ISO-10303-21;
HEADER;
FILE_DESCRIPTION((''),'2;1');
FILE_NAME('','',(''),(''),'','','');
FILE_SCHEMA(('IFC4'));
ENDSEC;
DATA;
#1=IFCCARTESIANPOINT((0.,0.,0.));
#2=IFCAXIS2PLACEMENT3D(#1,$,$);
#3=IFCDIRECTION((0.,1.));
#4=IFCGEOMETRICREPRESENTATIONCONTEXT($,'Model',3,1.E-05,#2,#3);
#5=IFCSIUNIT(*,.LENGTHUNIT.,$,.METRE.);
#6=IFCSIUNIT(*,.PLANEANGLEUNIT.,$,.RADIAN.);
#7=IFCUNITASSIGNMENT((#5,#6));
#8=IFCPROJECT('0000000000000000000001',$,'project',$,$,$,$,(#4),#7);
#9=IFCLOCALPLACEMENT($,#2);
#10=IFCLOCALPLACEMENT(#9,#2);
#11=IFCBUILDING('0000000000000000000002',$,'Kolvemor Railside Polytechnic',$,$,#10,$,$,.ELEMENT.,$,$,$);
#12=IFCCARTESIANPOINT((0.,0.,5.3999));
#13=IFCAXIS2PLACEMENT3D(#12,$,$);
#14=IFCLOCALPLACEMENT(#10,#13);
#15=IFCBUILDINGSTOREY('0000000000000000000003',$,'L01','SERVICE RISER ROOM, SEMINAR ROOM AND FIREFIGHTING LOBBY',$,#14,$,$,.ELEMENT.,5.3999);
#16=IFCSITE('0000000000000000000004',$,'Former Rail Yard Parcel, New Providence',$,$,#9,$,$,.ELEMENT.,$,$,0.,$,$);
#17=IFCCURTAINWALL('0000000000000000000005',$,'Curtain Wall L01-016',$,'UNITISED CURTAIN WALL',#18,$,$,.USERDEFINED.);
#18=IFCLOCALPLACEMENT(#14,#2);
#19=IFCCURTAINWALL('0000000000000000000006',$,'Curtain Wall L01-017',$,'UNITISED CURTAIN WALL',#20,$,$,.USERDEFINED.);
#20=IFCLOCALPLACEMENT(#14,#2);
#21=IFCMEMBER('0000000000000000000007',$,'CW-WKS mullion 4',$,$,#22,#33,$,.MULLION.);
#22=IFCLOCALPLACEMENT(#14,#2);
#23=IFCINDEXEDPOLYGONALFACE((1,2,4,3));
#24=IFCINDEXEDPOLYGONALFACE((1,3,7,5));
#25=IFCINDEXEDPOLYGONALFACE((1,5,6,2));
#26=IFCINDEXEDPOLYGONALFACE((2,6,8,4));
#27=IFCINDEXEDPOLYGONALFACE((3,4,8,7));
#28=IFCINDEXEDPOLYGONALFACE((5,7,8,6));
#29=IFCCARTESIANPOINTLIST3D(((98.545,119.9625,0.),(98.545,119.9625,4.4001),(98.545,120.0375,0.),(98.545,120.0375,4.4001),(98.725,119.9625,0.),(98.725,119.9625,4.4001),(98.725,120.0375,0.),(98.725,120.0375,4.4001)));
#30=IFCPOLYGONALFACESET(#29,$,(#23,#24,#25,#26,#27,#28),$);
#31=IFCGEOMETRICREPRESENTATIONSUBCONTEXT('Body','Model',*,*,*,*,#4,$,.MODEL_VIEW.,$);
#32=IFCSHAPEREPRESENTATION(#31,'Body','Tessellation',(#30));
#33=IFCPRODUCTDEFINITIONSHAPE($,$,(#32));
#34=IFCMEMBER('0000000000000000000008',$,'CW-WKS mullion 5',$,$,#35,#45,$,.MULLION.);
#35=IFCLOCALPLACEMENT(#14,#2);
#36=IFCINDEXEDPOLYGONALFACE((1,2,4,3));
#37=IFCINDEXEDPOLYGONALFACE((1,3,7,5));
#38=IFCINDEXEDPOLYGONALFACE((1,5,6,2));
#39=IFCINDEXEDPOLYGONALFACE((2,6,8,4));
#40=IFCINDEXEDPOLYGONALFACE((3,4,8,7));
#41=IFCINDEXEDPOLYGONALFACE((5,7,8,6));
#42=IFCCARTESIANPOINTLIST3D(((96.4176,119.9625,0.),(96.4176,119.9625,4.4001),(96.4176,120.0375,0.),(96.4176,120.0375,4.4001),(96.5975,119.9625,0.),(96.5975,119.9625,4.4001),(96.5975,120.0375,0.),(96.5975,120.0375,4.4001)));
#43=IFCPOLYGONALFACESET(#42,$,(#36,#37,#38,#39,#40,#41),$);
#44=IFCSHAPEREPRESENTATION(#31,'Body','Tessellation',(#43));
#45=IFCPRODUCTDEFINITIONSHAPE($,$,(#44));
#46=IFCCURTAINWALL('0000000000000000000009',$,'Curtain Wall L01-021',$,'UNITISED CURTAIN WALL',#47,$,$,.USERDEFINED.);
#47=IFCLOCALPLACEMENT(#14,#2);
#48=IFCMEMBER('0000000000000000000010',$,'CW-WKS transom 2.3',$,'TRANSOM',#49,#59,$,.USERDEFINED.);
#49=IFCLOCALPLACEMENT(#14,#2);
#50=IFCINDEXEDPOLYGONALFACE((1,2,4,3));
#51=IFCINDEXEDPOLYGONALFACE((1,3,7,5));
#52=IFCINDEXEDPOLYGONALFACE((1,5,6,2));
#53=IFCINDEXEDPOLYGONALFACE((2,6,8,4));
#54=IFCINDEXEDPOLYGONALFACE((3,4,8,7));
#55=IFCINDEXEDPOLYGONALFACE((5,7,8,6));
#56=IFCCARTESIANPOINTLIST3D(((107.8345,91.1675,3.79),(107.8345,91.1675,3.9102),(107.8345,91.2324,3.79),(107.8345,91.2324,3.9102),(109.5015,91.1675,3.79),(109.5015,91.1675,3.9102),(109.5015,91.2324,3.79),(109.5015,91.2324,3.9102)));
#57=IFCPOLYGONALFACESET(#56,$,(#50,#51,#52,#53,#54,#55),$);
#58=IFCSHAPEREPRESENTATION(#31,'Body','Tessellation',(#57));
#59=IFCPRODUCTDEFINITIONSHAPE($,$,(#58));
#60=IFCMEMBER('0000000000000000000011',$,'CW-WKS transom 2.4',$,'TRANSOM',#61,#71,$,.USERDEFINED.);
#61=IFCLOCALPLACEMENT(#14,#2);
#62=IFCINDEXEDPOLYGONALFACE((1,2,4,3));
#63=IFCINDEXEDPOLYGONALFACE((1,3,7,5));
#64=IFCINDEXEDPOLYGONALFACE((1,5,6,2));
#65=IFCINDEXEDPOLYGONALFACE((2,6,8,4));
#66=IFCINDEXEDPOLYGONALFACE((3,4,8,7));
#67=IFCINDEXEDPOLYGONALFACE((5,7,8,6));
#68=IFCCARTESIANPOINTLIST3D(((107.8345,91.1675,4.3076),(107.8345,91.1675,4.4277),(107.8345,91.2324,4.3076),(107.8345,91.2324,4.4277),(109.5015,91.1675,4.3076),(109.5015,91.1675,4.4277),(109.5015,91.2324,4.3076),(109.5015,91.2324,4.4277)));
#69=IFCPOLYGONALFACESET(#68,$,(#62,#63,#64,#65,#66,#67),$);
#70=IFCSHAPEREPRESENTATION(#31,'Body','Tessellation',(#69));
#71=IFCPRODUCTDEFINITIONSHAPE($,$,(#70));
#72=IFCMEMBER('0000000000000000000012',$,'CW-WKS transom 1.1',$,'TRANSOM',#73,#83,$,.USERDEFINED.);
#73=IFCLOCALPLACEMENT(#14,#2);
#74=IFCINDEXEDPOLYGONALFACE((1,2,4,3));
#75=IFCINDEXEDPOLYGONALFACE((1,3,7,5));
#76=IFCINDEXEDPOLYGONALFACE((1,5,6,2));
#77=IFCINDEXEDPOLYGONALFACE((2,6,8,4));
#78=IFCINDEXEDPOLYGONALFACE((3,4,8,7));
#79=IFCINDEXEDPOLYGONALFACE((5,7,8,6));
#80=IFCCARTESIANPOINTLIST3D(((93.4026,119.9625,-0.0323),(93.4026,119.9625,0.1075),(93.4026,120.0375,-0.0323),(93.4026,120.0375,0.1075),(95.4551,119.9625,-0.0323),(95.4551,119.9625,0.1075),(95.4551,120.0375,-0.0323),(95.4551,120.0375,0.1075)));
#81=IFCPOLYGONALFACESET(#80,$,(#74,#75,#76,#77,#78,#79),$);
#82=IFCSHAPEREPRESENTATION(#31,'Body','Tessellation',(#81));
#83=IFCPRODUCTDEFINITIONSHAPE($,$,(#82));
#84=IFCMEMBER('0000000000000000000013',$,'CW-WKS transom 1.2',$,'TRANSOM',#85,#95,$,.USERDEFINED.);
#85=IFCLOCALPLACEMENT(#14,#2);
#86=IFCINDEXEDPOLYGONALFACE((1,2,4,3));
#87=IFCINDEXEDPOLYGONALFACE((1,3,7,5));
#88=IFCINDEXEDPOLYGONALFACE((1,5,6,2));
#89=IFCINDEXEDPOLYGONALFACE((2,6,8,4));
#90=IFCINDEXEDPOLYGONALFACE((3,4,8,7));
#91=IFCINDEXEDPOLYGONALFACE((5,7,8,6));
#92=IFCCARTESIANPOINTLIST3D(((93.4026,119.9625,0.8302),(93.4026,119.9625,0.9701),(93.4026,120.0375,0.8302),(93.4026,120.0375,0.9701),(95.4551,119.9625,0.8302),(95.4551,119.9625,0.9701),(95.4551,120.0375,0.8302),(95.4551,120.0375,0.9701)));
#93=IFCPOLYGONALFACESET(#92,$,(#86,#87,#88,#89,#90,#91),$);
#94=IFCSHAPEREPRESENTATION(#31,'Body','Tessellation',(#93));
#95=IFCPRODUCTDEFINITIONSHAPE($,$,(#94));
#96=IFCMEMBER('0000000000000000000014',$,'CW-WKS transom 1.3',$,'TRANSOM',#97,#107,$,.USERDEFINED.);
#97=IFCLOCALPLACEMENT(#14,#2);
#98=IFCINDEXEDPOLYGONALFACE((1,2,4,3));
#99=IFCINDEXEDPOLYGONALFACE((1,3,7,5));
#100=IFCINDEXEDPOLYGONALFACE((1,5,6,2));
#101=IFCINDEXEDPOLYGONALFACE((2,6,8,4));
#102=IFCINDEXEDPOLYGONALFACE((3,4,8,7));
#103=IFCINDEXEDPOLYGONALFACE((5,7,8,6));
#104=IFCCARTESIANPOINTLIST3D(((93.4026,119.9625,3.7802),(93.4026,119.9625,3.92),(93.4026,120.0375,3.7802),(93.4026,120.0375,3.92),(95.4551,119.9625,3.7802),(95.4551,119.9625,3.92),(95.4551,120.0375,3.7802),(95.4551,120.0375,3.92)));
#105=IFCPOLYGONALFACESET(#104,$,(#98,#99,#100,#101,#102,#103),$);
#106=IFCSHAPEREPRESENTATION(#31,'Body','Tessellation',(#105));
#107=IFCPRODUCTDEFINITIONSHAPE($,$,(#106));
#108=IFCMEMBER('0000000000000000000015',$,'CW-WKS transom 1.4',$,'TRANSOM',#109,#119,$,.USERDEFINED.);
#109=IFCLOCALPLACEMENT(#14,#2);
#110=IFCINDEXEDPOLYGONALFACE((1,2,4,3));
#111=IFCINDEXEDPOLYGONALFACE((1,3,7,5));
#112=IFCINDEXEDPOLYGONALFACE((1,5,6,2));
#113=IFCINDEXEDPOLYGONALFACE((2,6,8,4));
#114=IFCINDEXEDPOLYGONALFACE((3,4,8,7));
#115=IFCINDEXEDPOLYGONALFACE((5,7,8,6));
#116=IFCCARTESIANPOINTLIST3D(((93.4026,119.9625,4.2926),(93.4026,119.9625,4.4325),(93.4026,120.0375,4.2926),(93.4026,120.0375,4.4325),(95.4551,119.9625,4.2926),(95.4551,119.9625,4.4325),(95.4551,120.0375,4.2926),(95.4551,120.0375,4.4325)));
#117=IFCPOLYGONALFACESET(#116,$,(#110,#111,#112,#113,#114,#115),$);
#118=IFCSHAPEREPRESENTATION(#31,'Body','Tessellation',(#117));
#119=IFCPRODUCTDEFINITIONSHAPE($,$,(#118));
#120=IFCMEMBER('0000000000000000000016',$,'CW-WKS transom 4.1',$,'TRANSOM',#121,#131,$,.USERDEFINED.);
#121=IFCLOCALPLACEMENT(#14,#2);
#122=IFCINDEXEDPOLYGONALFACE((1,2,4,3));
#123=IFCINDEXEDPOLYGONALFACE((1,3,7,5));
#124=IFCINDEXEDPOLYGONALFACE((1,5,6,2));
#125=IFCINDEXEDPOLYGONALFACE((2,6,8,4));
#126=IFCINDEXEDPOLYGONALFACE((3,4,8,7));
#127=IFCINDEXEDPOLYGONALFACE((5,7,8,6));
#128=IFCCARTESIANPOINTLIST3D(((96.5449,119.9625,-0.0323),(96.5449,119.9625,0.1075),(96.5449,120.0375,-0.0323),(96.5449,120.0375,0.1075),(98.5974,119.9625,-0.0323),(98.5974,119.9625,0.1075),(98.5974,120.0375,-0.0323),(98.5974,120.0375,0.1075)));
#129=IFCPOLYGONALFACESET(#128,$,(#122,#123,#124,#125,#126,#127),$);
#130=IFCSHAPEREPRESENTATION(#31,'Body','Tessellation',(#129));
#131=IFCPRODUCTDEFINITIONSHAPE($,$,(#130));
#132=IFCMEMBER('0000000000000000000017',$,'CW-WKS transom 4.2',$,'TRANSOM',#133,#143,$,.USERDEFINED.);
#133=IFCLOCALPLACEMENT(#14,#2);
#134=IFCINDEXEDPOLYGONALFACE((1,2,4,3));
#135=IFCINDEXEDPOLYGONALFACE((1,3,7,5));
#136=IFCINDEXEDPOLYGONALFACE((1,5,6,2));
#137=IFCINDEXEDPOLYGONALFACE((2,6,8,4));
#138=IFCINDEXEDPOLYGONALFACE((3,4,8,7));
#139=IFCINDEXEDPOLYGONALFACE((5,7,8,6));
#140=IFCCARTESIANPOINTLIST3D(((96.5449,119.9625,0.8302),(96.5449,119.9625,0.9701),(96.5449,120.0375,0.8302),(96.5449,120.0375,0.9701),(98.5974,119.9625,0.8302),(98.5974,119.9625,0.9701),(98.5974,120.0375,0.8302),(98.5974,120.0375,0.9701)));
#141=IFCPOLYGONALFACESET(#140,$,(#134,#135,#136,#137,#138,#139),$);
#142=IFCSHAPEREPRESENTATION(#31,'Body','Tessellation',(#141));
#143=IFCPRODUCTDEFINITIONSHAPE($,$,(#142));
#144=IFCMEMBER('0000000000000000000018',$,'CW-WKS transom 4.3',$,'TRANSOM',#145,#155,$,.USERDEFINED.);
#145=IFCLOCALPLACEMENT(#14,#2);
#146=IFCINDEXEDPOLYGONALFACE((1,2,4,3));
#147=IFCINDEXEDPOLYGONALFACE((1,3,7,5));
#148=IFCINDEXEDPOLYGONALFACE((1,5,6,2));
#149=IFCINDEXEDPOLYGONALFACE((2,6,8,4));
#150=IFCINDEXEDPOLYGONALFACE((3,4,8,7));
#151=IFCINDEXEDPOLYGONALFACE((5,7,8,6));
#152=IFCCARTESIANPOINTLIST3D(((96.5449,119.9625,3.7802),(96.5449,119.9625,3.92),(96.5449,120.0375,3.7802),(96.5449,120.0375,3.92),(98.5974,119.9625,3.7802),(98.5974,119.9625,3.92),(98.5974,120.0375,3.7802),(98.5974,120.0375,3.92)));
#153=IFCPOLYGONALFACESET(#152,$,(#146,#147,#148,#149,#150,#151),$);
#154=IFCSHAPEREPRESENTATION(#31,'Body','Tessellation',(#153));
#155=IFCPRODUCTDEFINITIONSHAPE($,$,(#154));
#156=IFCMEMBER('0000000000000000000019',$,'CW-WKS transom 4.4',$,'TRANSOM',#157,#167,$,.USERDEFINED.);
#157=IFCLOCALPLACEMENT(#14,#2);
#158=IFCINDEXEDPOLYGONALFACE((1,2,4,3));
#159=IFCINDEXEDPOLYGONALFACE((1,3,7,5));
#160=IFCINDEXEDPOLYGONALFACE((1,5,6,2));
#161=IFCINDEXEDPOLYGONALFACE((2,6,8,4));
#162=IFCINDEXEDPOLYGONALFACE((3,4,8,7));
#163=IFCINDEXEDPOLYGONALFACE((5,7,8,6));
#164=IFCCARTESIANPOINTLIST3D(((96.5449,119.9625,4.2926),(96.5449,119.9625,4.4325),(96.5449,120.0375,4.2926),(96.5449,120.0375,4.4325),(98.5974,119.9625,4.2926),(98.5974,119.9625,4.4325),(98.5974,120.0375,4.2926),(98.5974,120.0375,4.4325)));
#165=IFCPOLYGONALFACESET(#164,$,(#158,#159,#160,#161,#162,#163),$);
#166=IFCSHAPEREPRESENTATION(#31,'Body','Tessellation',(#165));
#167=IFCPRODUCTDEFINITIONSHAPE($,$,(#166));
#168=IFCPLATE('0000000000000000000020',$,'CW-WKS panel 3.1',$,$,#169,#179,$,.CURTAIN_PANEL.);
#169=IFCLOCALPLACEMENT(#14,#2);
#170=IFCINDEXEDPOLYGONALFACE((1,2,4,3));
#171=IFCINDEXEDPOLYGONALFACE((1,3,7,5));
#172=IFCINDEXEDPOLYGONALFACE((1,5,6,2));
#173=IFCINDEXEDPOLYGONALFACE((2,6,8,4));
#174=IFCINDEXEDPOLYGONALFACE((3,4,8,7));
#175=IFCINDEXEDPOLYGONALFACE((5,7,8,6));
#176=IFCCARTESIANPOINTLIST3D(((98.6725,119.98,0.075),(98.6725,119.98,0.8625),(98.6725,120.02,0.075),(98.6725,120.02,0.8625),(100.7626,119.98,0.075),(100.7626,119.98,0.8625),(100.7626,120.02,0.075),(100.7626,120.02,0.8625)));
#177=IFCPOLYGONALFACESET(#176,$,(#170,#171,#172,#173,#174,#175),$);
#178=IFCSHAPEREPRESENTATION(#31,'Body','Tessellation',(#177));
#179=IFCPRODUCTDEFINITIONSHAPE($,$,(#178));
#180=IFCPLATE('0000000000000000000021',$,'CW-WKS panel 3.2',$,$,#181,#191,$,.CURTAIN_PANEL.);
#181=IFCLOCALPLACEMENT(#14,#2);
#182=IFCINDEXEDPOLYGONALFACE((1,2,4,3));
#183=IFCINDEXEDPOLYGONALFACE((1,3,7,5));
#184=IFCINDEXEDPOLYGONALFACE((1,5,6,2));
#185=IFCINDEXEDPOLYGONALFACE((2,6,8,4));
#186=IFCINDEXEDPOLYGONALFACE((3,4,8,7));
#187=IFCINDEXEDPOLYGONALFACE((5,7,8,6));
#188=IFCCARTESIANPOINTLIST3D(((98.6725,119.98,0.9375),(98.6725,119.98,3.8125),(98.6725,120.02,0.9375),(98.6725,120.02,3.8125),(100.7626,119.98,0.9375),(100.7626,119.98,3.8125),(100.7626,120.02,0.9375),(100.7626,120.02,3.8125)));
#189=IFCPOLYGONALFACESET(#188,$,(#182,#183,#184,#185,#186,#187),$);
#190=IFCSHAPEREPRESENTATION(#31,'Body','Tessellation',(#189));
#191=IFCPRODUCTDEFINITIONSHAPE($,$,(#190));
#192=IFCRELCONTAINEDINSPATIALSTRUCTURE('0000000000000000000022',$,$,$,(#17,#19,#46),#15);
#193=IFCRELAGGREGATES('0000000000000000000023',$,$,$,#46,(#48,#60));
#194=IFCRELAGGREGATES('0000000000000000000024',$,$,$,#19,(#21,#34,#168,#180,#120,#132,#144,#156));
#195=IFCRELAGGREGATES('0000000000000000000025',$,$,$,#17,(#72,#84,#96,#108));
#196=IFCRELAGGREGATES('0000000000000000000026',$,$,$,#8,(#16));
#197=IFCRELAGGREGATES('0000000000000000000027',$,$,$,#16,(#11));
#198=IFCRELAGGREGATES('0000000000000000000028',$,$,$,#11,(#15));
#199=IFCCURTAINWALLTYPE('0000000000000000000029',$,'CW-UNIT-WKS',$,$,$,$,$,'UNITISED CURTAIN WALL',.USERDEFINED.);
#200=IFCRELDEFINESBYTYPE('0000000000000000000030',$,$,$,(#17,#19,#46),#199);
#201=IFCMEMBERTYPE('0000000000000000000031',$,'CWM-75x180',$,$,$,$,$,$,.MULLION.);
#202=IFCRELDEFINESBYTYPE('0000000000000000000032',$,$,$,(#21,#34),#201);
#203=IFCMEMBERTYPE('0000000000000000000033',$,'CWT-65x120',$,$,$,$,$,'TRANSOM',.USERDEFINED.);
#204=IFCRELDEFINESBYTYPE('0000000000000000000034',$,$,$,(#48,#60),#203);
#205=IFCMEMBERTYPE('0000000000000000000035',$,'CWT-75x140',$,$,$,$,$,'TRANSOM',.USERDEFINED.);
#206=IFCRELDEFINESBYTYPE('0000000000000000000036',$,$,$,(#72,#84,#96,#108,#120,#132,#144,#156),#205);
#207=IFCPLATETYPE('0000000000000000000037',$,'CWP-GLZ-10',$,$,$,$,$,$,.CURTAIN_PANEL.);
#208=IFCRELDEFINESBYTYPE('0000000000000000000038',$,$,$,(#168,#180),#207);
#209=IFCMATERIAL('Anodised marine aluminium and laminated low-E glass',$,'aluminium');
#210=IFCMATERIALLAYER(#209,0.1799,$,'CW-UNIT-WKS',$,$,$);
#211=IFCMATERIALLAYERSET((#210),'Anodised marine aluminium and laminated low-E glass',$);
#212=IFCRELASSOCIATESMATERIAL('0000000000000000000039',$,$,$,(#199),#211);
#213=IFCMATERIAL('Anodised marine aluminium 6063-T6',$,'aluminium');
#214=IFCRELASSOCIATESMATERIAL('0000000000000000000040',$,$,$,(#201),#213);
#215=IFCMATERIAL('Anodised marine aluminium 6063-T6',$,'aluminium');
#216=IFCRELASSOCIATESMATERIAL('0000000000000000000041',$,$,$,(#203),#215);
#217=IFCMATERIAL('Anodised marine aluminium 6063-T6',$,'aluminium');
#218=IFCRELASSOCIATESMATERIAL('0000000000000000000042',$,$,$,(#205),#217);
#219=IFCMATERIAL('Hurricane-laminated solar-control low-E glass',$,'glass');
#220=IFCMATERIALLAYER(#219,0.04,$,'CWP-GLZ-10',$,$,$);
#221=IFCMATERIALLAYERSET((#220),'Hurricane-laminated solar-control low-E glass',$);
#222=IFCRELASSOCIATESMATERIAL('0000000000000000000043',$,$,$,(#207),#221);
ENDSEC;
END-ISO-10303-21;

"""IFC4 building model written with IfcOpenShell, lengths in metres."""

from ifc_helpers import new_model, si_unit, direction, frame, origin, origin_2d, place, context, subcontext, project, spatial, rectangle, extrude, material, layer, layer_set, material_profile, profile_set, type_object, element, aggregate, save


model = new_model("IFC4")

# Units and contexts
model_context = context("Model", 3, precision=1e-05, world=origin(), true_north=direction((0.0, 1.0)))
body_context = subcontext(model_context, "Body", "Model", "MODEL_VIEW")
ifc_project = project(units=[si_unit("LENGTHUNIT", "METRE"), si_unit("PLANEANGLEUNIT", "RADIAN")], contexts=[model_context])

# Site, building, storey
site_placement = place(None, origin())
site = spatial("IfcSite", under=ifc_project, at=site_placement, Name="Former Rail Yard Parcel, New Providence", CompositionType="ELEMENT", RefElevation=0.0)
building_placement = place(site_placement, origin())
building = spatial("IfcBuilding", under=site, at=building_placement, Name="Kolvemor Railside Polytechnic", CompositionType="ELEMENT")
storey_placement = place(building_placement, frame((0.0, 0.0, 5.3999)))
storey = spatial("IfcBuildingStorey", under=building, at=storey_placement, Name="L01", Description="SERVICE RISER ROOM, SEMINAR ROOM AND FIREFIGHTING LOBBY", CompositionType="ELEMENT", Elevation=5.3999)

# Curtain wall
ifc_material_1 = material(Name="Anodised marine aluminium and laminated low-E glass", Category="aluminium")
ifc_layer_1 = layer(ifc_material_1, 0.1799, Name="CW-UNIT-WKS")
ifc_layer_set_1 = layer_set([ifc_layer_1], Name="Anodised marine aluminium and laminated low-E glass")
curtain_wall_type = type_object("IfcCurtainWallType", Name="CW-UNIT-WKS", ElementType="UNITISED CURTAIN WALL", PredefinedType="USERDEFINED", material=ifc_layer_set_1)
curtain_wall_1_placement = place(storey_placement, origin())
curtain_wall_1 = element("IfcCurtainWall", 1, at=curtain_wall_1_placement, inside=storey, type_object=curtain_wall_type, Name="Curtain Wall L01-016", ObjectType="UNITISED CURTAIN WALL", PredefinedType="USERDEFINED")
ifc_material_2 = material(Name="Anodised marine aluminium 6063-T6", Category="aluminium")
ifc_material_profile_1 = material_profile(ifc_material_2, rectangle(XDim=0.075, YDim=0.1799, at=origin_2d()), Name="CW-MUL-75x180")
ifc_profile_set_1 = profile_set([ifc_material_profile_1], Name="Anodised marine aluminium 6063-T6")
member_type_1 = type_object("IfcMemberType", Name="CWM-75x180", PredefinedType="MULLION", material=ifc_profile_set_1)

# Curtain walls, members
curtain_wall_2_placement = place(storey_placement, origin())
curtain_wall_2 = element("IfcCurtainWall", 2, at=curtain_wall_2_placement, inside=storey, type_object=curtain_wall_type, Name="Curtain Wall L01-017", ObjectType="UNITISED CURTAIN WALL", PredefinedType="USERDEFINED")
member_1_placement = place(storey_placement, frame((98.635, 120.0, 0.0), z_axis=(0.0, 0.0, 1.0), x_axis=(0.0, -1.0, 0.0)))
member_1 = element("IfcMember", 3, at=member_1_placement, type_object=member_type_1, Name="CW-WKS mullion 4", PredefinedType="MULLION", context=body_context, shape_type="SweptSolid", body=[
    extrude(rectangle(XDim=0.075, YDim=0.1799, at=origin_2d()), origin(), (0.0, 0.0, 1.0), 4.4001),
])
member_2_placement = place(storey_placement, frame((96.5076, 120.0, 0.0), z_axis=(0.0, 0.0, 1.0), x_axis=(0.0, -1.0, 0.0)))
member_2 = element("IfcMember", 4, at=member_2_placement, type_object=member_type_1, Name="CW-WKS mullion 5", PredefinedType="MULLION", context=body_context, shape_type="SweptSolid", body=[
    extrude(rectangle(XDim=0.075, YDim=0.1799, at=origin_2d()), origin(), (0.0, 0.0, 1.0), 4.4001),
])
curtain_wall_3_placement = place(storey_placement, origin())
curtain_wall_3 = element("IfcCurtainWall", 5, at=curtain_wall_3_placement, inside=storey, type_object=curtain_wall_type, Name="Curtain Wall L01-021", ObjectType="UNITISED CURTAIN WALL", PredefinedType="USERDEFINED")
ifc_material_3 = material(Name="Anodised marine aluminium 6063-T6", Category="aluminium")
ifc_material_profile_2 = material_profile(ifc_material_3, rectangle(XDim=0.0649, YDim=0.1201, at=origin_2d()), Name="CW-TRN-65x120")
ifc_profile_set_2 = profile_set([ifc_material_profile_2], Name="Anodised marine aluminium 6063-T6")
member_type_2 = type_object("IfcMemberType", Name="CWT-65x120", ElementType="TRANSOM", PredefinedType="USERDEFINED", material=ifc_profile_set_2)
member_3_placement = place(storey_placement, frame((107.8345, 91.2, 3.8501), z_axis=(1.0, 0.0, 0.0), x_axis=(0.0, 1.0, 0.0)))
member_3 = element("IfcMember", 6, at=member_3_placement, type_object=member_type_2, Name="CW-WKS transom 2.3", ObjectType="TRANSOM", PredefinedType="USERDEFINED", context=body_context, shape_type="SweptSolid", body=[
    extrude(rectangle(XDim=0.0649, YDim=0.1201, at=origin_2d()), origin(), (0.0, 0.0, 1.0), 1.667),
])
member_4_placement = place(storey_placement, frame((107.8345, 91.2, 4.3677), z_axis=(1.0, 0.0, 0.0), x_axis=(0.0, 1.0, 0.0)))
member_4 = element("IfcMember", 7, at=member_4_placement, type_object=member_type_2, Name="CW-WKS transom 2.4", ObjectType="TRANSOM", PredefinedType="USERDEFINED", context=body_context, shape_type="SweptSolid", body=[
    extrude(rectangle(XDim=0.0649, YDim=0.1201, at=origin_2d()), origin(), (0.0, 0.0, 1.0), 1.667),
])
aggregate(curtain_wall_3, [member_3, member_4])

# Members
ifc_material_4 = material(Name="Anodised marine aluminium 6063-T6", Category="aluminium")
ifc_material_profile_3 = material_profile(ifc_material_4, rectangle(XDim=0.075, YDim=0.1399, at=origin_2d()), Name="CW-TRN-75x140")
ifc_profile_set_3 = profile_set([ifc_material_profile_3], Name="Anodised marine aluminium 6063-T6")
member_type_3 = type_object("IfcMemberType", Name="CWT-75x140", ElementType="TRANSOM", PredefinedType="USERDEFINED", material=ifc_profile_set_3)
member_5_placement = place(storey_placement, frame((95.4551, 120.0, 0.0376), z_axis=(-1.0, 0.0, 0.0), x_axis=(0.0, -1.0, 0.0)))
member_5 = element("IfcMember", 8, at=member_5_placement, type_object=member_type_3, Name="CW-WKS transom 1.1", ObjectType="TRANSOM", PredefinedType="USERDEFINED", context=body_context, shape_type="SweptSolid", body=[
    extrude(rectangle(XDim=0.075, YDim=0.1399, at=origin_2d()), origin(), (0.0, 0.0, 1.0), 2.0525),
])
member_6_placement = place(storey_placement, frame((95.4551, 120.0, 0.9001), z_axis=(-1.0, 0.0, 0.0), x_axis=(0.0, -1.0, 0.0)))
member_6 = element("IfcMember", 9, at=member_6_placement, type_object=member_type_3, Name="CW-WKS transom 1.2", ObjectType="TRANSOM", PredefinedType="USERDEFINED", context=body_context, shape_type="SweptSolid", body=[
    extrude(rectangle(XDim=0.075, YDim=0.1399, at=origin_2d()), origin(), (0.0, 0.0, 1.0), 2.0525),
])
member_7_placement = place(storey_placement, frame((95.4551, 120.0, 3.8501), z_axis=(-1.0, 0.0, 0.0), x_axis=(0.0, -1.0, 0.0)))
member_7 = element("IfcMember", 10, at=member_7_placement, type_object=member_type_3, Name="CW-WKS transom 1.3", ObjectType="TRANSOM", PredefinedType="USERDEFINED", context=body_context, shape_type="SweptSolid", body=[
    extrude(rectangle(XDim=0.075, YDim=0.1399, at=origin_2d()), origin(), (0.0, 0.0, 1.0), 2.0525),
])
member_8_placement = place(storey_placement, frame((95.4551, 120.0, 4.3625), z_axis=(-1.0, 0.0, 0.0), x_axis=(0.0, -1.0, 0.0)))
member_8 = element("IfcMember", 11, at=member_8_placement, type_object=member_type_3, Name="CW-WKS transom 1.4", ObjectType="TRANSOM", PredefinedType="USERDEFINED", context=body_context, shape_type="SweptSolid", body=[
    extrude(rectangle(XDim=0.075, YDim=0.1399, at=origin_2d()), origin(), (0.0, 0.0, 1.0), 2.0525),
])
member_9_placement = place(storey_placement, frame((98.5974, 120.0, 0.0376), z_axis=(-1.0, 0.0, 0.0), x_axis=(0.0, -1.0, 0.0)))
member_9 = element("IfcMember", 12, at=member_9_placement, type_object=member_type_3, Name="CW-WKS transom 4.1", ObjectType="TRANSOM", PredefinedType="USERDEFINED", context=body_context, shape_type="SweptSolid", body=[
    extrude(rectangle(XDim=0.075, YDim=0.1399, at=origin_2d()), origin(), (0.0, 0.0, 1.0), 2.0525),
])
member_10_placement = place(storey_placement, frame((98.5974, 120.0, 0.9001), z_axis=(-1.0, 0.0, 0.0), x_axis=(0.0, -1.0, 0.0)))
member_10 = element("IfcMember", 13, at=member_10_placement, type_object=member_type_3, Name="CW-WKS transom 4.2", ObjectType="TRANSOM", PredefinedType="USERDEFINED", context=body_context, shape_type="SweptSolid", body=[
    extrude(rectangle(XDim=0.075, YDim=0.1399, at=origin_2d()), origin(), (0.0, 0.0, 1.0), 2.0525),
])
member_11_placement = place(storey_placement, frame((98.5974, 120.0, 3.8501), z_axis=(-1.0, 0.0, 0.0), x_axis=(0.0, -1.0, 0.0)))
member_11 = element("IfcMember", 14, at=member_11_placement, type_object=member_type_3, Name="CW-WKS transom 4.3", ObjectType="TRANSOM", PredefinedType="USERDEFINED", context=body_context, shape_type="SweptSolid", body=[
    extrude(rectangle(XDim=0.075, YDim=0.1399, at=origin_2d()), origin(), (0.0, 0.0, 1.0), 2.0525),
])
member_12_placement = place(storey_placement, frame((98.5974, 120.0, 4.3625), z_axis=(-1.0, 0.0, 0.0), x_axis=(0.0, -1.0, 0.0)))
member_12 = element("IfcMember", 15, at=member_12_placement, type_object=member_type_3, Name="CW-WKS transom 4.4", ObjectType="TRANSOM", PredefinedType="USERDEFINED", context=body_context, shape_type="SweptSolid", body=[
    extrude(rectangle(XDim=0.075, YDim=0.1399, at=origin_2d()), origin(), (0.0, 0.0, 1.0), 2.0525),
])

# Plates
ifc_material_5 = material(Name="Hurricane-laminated solar-control low-E glass", Category="glass")
ifc_layer_2 = layer(ifc_material_5, 0.04, Name="CWP-GLZ-10")
ifc_layer_set_2 = layer_set([ifc_layer_2], Name="Hurricane-laminated solar-control low-E glass")
plate_type_1 = type_object("IfcPlateType", Name="CWP-GLZ-10", PredefinedType="CURTAIN_PANEL", material=ifc_layer_set_2)
plate_1_placement = place(storey_placement, frame((99.7175, 120.0, 0.075), z_axis=(0.0, 0.0, 1.0), x_axis=(-1.0, 0.0, 0.0)))
plate_1 = element("IfcPlate", 16, at=plate_1_placement, type_object=plate_type_1, Name="CW-WKS panel 3.1", PredefinedType="CURTAIN_PANEL", context=body_context, shape_type="SweptSolid", body=[
    extrude(rectangle(XDim=2.0901, YDim=0.04, at=origin_2d()), origin(), (0.0, 0.0, 1.0), 0.7876),
])
plate_2_placement = place(storey_placement, frame((99.7175, 120.0, 0.9375), z_axis=(0.0, 0.0, 1.0), x_axis=(-1.0, 0.0, 0.0)))
plate_2 = element("IfcPlate", 17, at=plate_2_placement, type_object=plate_type_1, Name="CW-WKS panel 3.2", PredefinedType="CURTAIN_PANEL", context=body_context, shape_type="SweptSolid", body=[
    extrude(rectangle(XDim=2.0901, YDim=0.04, at=origin_2d()), origin(), (0.0, 0.0, 1.0), 2.875),
])
aggregate(curtain_wall_2, [member_1, member_2, plate_1, plate_2, member_9, member_10, member_11, member_12])
aggregate(curtain_wall_1, [member_5, member_6, member_7, member_8])

save(model, "model.ifc")
